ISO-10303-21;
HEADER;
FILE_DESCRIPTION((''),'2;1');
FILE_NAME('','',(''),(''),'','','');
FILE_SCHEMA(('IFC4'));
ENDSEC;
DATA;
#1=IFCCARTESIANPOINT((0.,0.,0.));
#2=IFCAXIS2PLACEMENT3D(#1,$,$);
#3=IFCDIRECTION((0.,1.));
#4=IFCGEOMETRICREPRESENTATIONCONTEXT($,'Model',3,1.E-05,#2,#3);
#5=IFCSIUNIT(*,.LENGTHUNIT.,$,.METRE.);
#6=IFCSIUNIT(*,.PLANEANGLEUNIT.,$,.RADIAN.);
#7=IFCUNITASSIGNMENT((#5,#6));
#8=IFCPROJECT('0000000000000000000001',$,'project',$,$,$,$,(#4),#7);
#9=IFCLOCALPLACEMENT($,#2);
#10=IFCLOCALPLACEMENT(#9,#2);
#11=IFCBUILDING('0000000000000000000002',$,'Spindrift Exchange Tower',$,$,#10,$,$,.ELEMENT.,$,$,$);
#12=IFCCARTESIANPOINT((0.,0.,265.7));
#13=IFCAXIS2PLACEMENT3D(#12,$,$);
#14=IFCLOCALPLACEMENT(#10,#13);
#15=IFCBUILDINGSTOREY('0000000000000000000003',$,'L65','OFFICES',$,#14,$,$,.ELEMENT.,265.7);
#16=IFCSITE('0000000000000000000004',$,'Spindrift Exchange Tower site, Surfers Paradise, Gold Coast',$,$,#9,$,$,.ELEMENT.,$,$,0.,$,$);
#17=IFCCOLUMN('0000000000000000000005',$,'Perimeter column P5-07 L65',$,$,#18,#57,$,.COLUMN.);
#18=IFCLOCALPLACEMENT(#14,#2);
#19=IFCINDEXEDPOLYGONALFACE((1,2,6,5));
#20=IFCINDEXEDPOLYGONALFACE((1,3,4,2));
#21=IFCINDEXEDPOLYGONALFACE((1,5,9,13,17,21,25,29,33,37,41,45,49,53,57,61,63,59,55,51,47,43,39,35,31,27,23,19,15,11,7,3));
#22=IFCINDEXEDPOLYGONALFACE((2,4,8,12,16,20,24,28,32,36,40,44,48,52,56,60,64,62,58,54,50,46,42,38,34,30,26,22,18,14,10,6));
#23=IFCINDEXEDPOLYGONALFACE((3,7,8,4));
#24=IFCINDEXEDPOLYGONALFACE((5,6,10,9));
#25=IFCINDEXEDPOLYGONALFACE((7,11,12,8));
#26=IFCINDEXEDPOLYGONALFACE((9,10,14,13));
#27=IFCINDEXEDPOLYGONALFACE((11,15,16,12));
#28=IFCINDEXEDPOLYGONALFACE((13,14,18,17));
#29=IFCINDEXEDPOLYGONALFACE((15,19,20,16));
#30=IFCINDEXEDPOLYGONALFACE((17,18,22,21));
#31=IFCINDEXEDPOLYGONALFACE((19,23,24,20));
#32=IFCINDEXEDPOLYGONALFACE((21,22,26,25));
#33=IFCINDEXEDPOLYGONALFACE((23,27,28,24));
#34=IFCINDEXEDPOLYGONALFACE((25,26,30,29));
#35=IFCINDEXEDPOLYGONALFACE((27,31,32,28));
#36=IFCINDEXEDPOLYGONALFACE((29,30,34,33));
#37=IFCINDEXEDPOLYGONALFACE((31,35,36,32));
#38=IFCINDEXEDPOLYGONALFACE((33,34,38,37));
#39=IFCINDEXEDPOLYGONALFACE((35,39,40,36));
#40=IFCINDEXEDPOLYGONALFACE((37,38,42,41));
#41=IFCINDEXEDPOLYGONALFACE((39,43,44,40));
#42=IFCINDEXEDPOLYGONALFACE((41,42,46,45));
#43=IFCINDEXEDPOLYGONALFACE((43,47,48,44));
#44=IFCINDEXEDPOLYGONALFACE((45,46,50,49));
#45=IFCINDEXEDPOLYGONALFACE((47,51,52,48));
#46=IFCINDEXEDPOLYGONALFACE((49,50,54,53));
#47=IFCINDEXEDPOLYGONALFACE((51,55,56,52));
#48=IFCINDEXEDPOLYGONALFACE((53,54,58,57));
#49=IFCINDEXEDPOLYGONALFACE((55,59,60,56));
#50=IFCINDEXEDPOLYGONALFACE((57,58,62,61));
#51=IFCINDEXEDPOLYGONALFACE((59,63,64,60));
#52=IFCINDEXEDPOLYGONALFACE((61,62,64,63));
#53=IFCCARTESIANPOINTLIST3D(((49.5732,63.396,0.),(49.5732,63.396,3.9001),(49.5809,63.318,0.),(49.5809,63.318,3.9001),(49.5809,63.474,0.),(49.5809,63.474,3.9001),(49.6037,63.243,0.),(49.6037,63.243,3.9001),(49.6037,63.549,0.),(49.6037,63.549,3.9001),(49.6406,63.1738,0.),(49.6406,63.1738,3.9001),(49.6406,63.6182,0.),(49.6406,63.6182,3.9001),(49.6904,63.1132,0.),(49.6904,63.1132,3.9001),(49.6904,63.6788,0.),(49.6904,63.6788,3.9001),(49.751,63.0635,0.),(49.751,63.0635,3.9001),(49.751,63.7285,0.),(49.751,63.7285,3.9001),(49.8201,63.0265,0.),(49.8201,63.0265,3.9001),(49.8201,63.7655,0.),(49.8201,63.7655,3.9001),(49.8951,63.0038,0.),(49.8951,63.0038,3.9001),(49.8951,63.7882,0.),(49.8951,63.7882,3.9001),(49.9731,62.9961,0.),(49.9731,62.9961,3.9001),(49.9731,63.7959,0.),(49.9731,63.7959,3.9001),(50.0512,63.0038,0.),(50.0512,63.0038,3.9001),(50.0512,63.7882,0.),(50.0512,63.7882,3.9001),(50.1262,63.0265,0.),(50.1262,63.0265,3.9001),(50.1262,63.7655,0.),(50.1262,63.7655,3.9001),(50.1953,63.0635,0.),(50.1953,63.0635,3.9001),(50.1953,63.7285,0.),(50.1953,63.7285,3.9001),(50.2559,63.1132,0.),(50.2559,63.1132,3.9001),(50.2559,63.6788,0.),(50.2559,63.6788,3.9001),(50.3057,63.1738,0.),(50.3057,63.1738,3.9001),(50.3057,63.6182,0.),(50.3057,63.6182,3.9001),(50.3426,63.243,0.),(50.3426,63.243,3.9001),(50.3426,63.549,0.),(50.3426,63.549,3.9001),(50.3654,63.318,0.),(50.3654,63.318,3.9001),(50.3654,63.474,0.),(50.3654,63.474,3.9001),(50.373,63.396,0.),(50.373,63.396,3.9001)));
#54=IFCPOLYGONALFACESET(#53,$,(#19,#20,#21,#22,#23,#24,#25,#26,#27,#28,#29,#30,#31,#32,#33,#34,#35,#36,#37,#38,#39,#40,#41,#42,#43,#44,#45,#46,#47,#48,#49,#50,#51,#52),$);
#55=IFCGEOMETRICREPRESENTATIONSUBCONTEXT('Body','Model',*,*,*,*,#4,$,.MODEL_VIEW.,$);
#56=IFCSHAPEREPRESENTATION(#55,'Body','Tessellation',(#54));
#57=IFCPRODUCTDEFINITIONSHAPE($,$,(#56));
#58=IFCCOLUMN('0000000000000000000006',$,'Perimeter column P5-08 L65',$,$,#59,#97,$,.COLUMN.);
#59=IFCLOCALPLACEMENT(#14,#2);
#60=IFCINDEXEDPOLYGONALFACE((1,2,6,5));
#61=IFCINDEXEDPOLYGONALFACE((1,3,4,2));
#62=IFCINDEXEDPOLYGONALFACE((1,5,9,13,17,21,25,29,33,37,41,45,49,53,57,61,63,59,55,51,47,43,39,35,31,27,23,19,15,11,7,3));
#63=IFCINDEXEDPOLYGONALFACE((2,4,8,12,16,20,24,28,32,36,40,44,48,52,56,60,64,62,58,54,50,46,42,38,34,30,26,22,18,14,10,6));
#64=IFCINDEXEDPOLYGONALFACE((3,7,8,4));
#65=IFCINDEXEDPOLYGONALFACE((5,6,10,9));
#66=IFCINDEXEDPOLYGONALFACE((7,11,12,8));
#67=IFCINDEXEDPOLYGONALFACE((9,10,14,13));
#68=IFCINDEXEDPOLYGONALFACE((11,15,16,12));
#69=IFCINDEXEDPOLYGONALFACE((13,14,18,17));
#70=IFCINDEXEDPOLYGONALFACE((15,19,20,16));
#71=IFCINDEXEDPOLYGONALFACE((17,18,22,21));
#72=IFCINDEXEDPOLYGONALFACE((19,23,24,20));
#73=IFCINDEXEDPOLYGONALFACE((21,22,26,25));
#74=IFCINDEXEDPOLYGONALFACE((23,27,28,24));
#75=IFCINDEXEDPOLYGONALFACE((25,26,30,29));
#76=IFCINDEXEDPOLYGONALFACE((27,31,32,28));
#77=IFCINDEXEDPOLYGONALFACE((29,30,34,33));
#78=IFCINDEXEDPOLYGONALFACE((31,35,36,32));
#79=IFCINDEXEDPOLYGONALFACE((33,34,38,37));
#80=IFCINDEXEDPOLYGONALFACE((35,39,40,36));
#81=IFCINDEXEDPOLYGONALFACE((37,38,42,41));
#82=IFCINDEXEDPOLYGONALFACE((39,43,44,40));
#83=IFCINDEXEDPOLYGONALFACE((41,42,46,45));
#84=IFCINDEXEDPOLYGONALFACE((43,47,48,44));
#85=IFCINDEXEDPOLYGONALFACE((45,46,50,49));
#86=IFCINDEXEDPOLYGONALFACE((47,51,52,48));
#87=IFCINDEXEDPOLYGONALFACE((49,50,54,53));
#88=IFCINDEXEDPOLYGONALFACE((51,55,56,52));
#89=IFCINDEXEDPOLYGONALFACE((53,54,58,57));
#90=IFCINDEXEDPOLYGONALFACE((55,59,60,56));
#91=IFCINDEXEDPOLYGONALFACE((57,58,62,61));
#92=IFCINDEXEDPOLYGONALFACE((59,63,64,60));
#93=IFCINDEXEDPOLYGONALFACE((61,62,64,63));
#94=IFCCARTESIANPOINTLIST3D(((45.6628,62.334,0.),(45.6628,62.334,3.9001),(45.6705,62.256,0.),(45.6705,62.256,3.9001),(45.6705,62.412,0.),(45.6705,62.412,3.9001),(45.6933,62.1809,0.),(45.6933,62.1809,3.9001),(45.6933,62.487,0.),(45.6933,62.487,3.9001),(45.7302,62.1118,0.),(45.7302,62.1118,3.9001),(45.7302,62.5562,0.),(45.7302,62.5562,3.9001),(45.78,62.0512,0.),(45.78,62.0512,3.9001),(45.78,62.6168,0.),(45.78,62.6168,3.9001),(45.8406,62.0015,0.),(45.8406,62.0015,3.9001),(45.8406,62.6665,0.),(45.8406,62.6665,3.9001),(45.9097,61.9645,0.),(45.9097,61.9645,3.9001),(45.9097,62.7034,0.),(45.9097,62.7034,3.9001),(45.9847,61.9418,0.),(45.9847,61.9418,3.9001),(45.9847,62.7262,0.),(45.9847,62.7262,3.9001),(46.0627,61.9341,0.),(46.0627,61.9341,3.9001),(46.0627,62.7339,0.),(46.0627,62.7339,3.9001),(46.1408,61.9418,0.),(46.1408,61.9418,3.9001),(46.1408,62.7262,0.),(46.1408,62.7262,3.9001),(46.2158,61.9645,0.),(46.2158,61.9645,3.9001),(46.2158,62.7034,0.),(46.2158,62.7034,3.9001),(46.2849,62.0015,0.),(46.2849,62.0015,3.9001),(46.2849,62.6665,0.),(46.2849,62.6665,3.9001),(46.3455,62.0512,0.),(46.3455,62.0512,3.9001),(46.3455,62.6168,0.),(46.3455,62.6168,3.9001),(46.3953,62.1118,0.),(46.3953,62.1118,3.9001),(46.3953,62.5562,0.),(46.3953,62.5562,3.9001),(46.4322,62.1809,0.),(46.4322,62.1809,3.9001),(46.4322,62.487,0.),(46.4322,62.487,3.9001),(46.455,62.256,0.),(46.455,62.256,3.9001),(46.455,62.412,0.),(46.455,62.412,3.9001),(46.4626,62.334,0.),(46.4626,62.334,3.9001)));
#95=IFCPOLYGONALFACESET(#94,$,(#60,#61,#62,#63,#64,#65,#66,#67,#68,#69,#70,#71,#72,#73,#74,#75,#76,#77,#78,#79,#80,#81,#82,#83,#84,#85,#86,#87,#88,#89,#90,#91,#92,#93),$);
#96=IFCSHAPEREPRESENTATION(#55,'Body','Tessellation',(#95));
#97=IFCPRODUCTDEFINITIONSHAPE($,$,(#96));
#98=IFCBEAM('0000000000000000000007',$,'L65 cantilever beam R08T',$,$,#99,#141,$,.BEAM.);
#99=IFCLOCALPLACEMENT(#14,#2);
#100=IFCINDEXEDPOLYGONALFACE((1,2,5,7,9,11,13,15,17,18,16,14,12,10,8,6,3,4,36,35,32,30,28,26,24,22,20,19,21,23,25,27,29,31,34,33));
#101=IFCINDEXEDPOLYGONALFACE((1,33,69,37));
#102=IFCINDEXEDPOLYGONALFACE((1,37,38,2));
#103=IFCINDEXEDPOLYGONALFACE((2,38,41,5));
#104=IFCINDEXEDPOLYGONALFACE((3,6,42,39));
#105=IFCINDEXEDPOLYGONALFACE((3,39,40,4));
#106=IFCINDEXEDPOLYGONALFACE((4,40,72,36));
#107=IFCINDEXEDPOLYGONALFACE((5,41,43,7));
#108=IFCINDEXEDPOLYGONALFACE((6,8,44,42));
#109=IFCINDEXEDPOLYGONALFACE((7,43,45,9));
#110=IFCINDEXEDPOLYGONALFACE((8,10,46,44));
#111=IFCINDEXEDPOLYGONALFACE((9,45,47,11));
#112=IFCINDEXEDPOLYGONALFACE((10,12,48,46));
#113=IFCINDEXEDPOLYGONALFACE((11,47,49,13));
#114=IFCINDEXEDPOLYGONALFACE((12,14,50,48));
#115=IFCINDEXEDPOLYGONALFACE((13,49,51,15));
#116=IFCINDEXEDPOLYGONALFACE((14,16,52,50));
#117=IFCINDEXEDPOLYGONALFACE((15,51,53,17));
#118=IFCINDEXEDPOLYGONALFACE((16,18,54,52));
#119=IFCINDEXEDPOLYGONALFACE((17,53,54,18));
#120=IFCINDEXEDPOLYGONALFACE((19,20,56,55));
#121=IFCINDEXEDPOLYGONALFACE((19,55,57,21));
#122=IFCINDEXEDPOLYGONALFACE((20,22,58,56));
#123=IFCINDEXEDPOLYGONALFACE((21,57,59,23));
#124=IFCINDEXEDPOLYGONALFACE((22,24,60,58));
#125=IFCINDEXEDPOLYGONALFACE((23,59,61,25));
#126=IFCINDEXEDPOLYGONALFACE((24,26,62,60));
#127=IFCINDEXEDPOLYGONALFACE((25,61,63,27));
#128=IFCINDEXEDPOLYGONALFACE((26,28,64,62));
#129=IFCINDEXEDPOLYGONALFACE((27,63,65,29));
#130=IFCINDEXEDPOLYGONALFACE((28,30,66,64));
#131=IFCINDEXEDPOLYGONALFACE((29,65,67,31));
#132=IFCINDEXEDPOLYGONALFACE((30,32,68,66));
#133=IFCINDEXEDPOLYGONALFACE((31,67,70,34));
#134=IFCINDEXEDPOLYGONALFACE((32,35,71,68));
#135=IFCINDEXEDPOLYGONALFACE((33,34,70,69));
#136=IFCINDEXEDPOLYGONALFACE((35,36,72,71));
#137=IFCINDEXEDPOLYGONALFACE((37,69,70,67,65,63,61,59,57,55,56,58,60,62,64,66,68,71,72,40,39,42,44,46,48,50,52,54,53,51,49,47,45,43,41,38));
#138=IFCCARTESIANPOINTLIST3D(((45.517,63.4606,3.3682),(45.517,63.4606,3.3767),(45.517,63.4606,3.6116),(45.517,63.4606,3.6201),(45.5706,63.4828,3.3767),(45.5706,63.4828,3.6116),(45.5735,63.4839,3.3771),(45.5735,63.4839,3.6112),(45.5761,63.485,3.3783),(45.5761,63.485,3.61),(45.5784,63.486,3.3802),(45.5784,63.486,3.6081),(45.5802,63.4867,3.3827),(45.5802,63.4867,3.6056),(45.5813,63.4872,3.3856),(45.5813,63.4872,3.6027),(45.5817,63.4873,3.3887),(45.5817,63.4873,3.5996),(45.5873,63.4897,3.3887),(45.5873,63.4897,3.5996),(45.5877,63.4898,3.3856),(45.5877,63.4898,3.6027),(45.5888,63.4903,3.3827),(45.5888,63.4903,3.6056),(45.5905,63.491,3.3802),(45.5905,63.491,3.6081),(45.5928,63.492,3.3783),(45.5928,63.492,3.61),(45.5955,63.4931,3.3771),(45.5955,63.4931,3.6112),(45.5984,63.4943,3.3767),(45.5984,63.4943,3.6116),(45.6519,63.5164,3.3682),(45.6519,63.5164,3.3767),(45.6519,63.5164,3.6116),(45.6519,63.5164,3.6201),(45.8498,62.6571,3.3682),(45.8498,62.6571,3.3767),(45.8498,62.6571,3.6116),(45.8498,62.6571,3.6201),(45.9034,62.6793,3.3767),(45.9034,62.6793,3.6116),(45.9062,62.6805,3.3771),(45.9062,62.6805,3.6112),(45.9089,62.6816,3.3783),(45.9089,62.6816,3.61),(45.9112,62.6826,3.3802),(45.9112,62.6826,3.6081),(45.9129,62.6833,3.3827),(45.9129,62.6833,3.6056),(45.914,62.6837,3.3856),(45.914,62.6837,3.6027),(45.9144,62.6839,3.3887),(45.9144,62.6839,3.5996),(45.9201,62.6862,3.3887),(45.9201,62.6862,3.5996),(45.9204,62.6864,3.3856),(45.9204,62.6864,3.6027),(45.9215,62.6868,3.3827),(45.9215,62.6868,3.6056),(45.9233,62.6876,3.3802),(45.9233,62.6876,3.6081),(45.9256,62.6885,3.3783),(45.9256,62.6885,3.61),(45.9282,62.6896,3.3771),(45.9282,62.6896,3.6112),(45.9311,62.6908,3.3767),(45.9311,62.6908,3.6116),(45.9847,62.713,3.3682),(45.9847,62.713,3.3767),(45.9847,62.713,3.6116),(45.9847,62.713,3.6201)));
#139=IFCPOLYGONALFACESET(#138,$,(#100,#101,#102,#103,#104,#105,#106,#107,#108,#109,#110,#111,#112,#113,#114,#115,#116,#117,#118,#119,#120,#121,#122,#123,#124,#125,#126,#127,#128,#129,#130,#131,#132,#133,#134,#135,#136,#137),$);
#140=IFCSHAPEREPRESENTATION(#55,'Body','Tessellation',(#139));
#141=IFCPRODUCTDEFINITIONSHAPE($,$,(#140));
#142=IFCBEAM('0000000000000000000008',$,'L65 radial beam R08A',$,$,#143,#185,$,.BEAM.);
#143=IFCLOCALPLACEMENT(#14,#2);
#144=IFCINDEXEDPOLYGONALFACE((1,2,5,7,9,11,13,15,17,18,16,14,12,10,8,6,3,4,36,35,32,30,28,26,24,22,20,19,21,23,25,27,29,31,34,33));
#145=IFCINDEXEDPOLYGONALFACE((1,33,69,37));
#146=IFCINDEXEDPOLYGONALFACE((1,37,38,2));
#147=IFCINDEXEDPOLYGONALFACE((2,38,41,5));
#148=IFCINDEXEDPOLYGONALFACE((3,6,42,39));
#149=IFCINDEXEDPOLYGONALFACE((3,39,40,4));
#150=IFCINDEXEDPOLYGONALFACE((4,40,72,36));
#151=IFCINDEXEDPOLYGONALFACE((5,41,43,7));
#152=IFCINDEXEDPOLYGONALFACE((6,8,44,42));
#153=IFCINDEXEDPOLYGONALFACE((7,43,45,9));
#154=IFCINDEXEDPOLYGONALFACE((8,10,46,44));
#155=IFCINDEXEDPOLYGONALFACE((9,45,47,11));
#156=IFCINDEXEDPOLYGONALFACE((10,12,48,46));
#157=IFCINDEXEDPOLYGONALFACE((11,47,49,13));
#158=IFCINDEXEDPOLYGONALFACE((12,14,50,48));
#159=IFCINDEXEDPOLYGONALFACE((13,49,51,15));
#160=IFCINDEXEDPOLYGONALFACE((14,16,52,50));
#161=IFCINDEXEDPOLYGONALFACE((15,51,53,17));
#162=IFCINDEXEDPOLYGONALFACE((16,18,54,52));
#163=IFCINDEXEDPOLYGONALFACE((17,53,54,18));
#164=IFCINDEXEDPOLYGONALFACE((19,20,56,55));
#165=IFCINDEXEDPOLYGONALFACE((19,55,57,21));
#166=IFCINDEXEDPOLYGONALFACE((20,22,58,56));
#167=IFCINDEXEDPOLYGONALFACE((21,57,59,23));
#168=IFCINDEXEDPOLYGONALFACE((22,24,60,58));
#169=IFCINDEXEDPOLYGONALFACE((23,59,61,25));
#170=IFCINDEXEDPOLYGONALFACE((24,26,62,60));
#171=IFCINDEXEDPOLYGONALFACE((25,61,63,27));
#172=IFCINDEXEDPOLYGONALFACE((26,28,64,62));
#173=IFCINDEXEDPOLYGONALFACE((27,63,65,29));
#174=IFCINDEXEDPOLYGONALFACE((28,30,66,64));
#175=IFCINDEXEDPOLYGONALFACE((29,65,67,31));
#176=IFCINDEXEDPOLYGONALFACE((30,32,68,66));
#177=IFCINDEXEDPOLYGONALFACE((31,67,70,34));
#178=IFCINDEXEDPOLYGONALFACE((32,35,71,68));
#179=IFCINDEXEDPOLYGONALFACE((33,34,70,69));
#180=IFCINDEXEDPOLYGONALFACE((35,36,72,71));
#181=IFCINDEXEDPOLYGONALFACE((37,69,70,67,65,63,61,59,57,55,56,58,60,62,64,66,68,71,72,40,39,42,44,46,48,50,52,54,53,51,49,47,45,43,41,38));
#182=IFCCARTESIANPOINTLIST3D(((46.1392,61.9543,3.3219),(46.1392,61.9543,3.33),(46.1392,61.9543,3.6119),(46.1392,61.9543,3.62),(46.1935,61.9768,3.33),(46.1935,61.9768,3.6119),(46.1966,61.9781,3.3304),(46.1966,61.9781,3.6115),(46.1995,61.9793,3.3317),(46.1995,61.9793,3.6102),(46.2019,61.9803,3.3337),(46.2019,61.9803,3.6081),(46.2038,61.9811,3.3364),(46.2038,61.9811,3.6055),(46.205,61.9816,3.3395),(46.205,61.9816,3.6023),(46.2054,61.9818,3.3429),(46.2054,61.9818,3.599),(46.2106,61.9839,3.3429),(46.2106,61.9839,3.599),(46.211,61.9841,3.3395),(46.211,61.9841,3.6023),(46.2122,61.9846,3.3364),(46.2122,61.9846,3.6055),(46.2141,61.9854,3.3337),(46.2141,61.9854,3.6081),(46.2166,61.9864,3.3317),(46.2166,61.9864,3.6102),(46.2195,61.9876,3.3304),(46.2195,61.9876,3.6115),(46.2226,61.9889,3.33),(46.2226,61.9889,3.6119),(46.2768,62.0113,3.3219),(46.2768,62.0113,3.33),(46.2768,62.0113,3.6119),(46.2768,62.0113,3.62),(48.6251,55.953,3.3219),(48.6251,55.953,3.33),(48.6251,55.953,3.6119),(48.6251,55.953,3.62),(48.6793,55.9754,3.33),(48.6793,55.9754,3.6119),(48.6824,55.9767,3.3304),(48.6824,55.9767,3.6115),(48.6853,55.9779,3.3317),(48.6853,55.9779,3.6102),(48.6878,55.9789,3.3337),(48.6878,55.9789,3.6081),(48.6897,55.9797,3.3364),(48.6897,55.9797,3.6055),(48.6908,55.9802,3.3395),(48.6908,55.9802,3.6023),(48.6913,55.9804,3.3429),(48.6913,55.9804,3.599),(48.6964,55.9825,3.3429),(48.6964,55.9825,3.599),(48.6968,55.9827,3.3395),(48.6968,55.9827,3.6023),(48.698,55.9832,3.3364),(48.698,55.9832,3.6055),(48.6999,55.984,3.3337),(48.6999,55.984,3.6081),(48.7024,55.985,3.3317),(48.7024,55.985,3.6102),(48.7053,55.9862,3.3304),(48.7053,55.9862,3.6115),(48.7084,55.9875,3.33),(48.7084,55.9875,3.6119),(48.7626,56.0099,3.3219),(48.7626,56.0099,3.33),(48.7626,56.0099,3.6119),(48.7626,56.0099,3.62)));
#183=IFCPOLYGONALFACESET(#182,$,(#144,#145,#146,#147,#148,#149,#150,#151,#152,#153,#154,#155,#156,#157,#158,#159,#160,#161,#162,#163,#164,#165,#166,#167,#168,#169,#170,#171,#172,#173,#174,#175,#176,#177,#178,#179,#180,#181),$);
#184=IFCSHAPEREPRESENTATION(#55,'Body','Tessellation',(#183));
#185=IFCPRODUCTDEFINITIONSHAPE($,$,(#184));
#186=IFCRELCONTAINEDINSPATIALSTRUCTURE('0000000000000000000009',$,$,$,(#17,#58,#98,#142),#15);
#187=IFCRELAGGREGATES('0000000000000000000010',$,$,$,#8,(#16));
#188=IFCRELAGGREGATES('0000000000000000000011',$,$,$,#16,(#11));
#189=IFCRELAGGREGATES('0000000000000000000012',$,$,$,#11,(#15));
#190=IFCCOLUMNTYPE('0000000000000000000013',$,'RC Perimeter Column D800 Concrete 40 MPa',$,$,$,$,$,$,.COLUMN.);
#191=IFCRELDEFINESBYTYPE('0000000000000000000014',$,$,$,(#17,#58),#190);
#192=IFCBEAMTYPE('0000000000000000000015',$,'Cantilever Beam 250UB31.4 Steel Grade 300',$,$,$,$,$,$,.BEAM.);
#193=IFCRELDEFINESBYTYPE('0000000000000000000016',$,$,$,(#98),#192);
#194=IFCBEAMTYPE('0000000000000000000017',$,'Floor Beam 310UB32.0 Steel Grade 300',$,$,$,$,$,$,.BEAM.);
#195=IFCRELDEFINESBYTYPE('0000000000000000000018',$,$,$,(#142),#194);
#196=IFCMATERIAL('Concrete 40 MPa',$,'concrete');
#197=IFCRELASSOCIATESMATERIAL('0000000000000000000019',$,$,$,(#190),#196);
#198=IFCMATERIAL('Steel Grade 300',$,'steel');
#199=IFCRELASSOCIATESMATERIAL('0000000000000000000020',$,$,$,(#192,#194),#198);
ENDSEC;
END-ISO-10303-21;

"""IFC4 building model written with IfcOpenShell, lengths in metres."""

from ifc_helpers import new_model, si_unit, direction, frame, origin, origin_2d, place, context, subcontext, project, spatial, circle, i_section, extrude, source, transform, mapped, material, material_profile, profile_set, type_object, element, save


model = new_model("IFC4")

# Units and contexts
model_context = context("Model", 3, precision=1e-05, world=origin(), true_north=direction((0.0, 1.0)))
body_context = subcontext(model_context, "Body", "Model", "MODEL_VIEW")
ifc_project = project(units=[si_unit("LENGTHUNIT", "METRE"), si_unit("PLANEANGLEUNIT", "RADIAN")], contexts=[model_context])

# Site, building, storey
site_placement = place(None, origin())
site = spatial("IfcSite", under=ifc_project, at=site_placement, Name="Spindrift Exchange Tower site, Surfers Paradise, Gold Coast", CompositionType="ELEMENT", RefElevation=0.0)
building_placement = place(site_placement, origin())
building = spatial("IfcBuilding", under=site, at=building_placement, Name="Spindrift Exchange Tower", CompositionType="ELEMENT")
storey_placement = place(building_placement, frame((0.0, 0.0, 265.7)))
storey = spatial("IfcBuildingStorey", under=building, at=storey_placement, Name="L65", Description="OFFICES", CompositionType="ELEMENT", Elevation=265.7)

# Columns
ifc_material_1 = material(Name="Concrete 40 MPa", Category="concrete")
ifc_material_profile_1 = material_profile(ifc_material_1, circle(Radius=0.3999, at=origin_2d()), Name="RC D800")
ifc_profile_set_1 = profile_set([ifc_material_profile_1], Name="Concrete 40 MPa")
column_type = type_object("IfcColumnType", Name="RC Perimeter Column D800 Concrete 40 MPa", PredefinedType="COLUMN", material=ifc_profile_set_1)
shared_shape_1 = source(origin(), body_context, "Body", "SweptSolid", [
    extrude(circle(Radius=0.3999, at=origin_2d()), origin(), (0.0, 0.0, 1.0), 3.9001),
])
for number, where, z_axis, x_axis, name in (
    (1, (49.9731, 63.396, 0.0), (0.0, 0.0, 1.0), (1.0, 0.0, 0.0), "Perimeter column P5-07 L65"),
    (2, (46.0627, 62.334, 0.0), (0.0, 0.0, 1.0), (1.0, 0.0, 0.0), "Perimeter column P5-08 L65"),
):
    element("IfcColumn", number, at=place(storey_placement, frame(where, z_axis=z_axis, x_axis=x_axis)), inside=storey, type_object=column_type, Name=name, PredefinedType="COLUMN", context=body_context, shape_type="MappedRepresentation", body=[
        mapped(shared_shape_1, transform((0.0, 0.0, 0.0), scale=1.0)),
    ])

# Beams
ifc_material_2 = material(Name="Steel Grade 300", Category="steel")
ifc_material_profile_2 = material_profile(ifc_material_2, i_section(OverallWidth=0.146, OverallDepth=0.252, WebThickness=0.0061, FlangeThickness=0.0085, FilletRadius=0.012, at=origin_2d()), Name="250UB31.4")
ifc_profile_set_2 = profile_set([ifc_material_profile_2], Name="Steel Grade 300")
beam_type_1 = type_object("IfcBeamType", Name="Cantilever Beam 250UB31.4 Steel Grade 300", PredefinedType="BEAM", material=ifc_profile_set_2)
shared_shape_2 = source(origin(), body_context, "Body", "SweptSolid", [
    extrude(i_section(OverallWidth=0.146, OverallDepth=0.252, WebThickness=0.0061, FlangeThickness=0.0085, FilletRadius=0.012, at=origin_2d()), origin(), (0.0, 0.0, 1.0), 0.8696),
])
beam_1_placement = place(storey_placement, frame((45.9172, 62.6851, 3.4941), z_axis=(-0.382641, 0.923897, 0.0), x_axis=(-0.923897, -0.382641, 0.0)))
element("IfcBeam", 3, at=beam_1_placement, inside=storey, type_object=beam_type_1, Name="L65 cantilever beam R08T", PredefinedType="BEAM", context=body_context, shape_type="MappedRepresentation", body=[
    mapped(shared_shape_2, transform((0.0, 0.0, 0.0), scale=1.0)),
])
ifc_material_profile_3 = material_profile(ifc_material_2, i_section(OverallWidth=0.1489, OverallDepth=0.2981, WebThickness=0.0056, FlangeThickness=0.0081, FilletRadius=0.0129, at=origin_2d()), Name="310UB32.0")
ifc_profile_set_3 = profile_set([ifc_material_profile_3], Name="Steel Grade 300")
beam_type_2 = type_object("IfcBeamType", Name="Floor Beam 310UB32.0 Steel Grade 300", PredefinedType="BEAM", material=ifc_profile_set_3)
shared_shape_3 = source(origin(), body_context, "Body", "SweptSolid", [
    extrude(i_section(OverallWidth=0.1489, OverallDepth=0.2981, WebThickness=0.0056, FlangeThickness=0.0081, FilletRadius=0.0129, at=origin_2d()), origin(), (0.0, 0.0, 1.0), 6.4958),
])
beam_2_placement = place(storey_placement, frame((48.6938, 55.9814, 3.4709), z_axis=(-0.382677, 0.923882, 0.0), x_axis=(-0.923882, -0.382677, 0.0)))
element("IfcBeam", 4, at=beam_2_placement, inside=storey, type_object=beam_type_2, Name="L65 radial beam R08A", PredefinedType="BEAM", context=body_context, shape_type="MappedRepresentation", body=[
    mapped(shared_shape_3, transform((0.0, 0.0, 0.0), scale=1.0)),
])

save(model, "model.ifc")
